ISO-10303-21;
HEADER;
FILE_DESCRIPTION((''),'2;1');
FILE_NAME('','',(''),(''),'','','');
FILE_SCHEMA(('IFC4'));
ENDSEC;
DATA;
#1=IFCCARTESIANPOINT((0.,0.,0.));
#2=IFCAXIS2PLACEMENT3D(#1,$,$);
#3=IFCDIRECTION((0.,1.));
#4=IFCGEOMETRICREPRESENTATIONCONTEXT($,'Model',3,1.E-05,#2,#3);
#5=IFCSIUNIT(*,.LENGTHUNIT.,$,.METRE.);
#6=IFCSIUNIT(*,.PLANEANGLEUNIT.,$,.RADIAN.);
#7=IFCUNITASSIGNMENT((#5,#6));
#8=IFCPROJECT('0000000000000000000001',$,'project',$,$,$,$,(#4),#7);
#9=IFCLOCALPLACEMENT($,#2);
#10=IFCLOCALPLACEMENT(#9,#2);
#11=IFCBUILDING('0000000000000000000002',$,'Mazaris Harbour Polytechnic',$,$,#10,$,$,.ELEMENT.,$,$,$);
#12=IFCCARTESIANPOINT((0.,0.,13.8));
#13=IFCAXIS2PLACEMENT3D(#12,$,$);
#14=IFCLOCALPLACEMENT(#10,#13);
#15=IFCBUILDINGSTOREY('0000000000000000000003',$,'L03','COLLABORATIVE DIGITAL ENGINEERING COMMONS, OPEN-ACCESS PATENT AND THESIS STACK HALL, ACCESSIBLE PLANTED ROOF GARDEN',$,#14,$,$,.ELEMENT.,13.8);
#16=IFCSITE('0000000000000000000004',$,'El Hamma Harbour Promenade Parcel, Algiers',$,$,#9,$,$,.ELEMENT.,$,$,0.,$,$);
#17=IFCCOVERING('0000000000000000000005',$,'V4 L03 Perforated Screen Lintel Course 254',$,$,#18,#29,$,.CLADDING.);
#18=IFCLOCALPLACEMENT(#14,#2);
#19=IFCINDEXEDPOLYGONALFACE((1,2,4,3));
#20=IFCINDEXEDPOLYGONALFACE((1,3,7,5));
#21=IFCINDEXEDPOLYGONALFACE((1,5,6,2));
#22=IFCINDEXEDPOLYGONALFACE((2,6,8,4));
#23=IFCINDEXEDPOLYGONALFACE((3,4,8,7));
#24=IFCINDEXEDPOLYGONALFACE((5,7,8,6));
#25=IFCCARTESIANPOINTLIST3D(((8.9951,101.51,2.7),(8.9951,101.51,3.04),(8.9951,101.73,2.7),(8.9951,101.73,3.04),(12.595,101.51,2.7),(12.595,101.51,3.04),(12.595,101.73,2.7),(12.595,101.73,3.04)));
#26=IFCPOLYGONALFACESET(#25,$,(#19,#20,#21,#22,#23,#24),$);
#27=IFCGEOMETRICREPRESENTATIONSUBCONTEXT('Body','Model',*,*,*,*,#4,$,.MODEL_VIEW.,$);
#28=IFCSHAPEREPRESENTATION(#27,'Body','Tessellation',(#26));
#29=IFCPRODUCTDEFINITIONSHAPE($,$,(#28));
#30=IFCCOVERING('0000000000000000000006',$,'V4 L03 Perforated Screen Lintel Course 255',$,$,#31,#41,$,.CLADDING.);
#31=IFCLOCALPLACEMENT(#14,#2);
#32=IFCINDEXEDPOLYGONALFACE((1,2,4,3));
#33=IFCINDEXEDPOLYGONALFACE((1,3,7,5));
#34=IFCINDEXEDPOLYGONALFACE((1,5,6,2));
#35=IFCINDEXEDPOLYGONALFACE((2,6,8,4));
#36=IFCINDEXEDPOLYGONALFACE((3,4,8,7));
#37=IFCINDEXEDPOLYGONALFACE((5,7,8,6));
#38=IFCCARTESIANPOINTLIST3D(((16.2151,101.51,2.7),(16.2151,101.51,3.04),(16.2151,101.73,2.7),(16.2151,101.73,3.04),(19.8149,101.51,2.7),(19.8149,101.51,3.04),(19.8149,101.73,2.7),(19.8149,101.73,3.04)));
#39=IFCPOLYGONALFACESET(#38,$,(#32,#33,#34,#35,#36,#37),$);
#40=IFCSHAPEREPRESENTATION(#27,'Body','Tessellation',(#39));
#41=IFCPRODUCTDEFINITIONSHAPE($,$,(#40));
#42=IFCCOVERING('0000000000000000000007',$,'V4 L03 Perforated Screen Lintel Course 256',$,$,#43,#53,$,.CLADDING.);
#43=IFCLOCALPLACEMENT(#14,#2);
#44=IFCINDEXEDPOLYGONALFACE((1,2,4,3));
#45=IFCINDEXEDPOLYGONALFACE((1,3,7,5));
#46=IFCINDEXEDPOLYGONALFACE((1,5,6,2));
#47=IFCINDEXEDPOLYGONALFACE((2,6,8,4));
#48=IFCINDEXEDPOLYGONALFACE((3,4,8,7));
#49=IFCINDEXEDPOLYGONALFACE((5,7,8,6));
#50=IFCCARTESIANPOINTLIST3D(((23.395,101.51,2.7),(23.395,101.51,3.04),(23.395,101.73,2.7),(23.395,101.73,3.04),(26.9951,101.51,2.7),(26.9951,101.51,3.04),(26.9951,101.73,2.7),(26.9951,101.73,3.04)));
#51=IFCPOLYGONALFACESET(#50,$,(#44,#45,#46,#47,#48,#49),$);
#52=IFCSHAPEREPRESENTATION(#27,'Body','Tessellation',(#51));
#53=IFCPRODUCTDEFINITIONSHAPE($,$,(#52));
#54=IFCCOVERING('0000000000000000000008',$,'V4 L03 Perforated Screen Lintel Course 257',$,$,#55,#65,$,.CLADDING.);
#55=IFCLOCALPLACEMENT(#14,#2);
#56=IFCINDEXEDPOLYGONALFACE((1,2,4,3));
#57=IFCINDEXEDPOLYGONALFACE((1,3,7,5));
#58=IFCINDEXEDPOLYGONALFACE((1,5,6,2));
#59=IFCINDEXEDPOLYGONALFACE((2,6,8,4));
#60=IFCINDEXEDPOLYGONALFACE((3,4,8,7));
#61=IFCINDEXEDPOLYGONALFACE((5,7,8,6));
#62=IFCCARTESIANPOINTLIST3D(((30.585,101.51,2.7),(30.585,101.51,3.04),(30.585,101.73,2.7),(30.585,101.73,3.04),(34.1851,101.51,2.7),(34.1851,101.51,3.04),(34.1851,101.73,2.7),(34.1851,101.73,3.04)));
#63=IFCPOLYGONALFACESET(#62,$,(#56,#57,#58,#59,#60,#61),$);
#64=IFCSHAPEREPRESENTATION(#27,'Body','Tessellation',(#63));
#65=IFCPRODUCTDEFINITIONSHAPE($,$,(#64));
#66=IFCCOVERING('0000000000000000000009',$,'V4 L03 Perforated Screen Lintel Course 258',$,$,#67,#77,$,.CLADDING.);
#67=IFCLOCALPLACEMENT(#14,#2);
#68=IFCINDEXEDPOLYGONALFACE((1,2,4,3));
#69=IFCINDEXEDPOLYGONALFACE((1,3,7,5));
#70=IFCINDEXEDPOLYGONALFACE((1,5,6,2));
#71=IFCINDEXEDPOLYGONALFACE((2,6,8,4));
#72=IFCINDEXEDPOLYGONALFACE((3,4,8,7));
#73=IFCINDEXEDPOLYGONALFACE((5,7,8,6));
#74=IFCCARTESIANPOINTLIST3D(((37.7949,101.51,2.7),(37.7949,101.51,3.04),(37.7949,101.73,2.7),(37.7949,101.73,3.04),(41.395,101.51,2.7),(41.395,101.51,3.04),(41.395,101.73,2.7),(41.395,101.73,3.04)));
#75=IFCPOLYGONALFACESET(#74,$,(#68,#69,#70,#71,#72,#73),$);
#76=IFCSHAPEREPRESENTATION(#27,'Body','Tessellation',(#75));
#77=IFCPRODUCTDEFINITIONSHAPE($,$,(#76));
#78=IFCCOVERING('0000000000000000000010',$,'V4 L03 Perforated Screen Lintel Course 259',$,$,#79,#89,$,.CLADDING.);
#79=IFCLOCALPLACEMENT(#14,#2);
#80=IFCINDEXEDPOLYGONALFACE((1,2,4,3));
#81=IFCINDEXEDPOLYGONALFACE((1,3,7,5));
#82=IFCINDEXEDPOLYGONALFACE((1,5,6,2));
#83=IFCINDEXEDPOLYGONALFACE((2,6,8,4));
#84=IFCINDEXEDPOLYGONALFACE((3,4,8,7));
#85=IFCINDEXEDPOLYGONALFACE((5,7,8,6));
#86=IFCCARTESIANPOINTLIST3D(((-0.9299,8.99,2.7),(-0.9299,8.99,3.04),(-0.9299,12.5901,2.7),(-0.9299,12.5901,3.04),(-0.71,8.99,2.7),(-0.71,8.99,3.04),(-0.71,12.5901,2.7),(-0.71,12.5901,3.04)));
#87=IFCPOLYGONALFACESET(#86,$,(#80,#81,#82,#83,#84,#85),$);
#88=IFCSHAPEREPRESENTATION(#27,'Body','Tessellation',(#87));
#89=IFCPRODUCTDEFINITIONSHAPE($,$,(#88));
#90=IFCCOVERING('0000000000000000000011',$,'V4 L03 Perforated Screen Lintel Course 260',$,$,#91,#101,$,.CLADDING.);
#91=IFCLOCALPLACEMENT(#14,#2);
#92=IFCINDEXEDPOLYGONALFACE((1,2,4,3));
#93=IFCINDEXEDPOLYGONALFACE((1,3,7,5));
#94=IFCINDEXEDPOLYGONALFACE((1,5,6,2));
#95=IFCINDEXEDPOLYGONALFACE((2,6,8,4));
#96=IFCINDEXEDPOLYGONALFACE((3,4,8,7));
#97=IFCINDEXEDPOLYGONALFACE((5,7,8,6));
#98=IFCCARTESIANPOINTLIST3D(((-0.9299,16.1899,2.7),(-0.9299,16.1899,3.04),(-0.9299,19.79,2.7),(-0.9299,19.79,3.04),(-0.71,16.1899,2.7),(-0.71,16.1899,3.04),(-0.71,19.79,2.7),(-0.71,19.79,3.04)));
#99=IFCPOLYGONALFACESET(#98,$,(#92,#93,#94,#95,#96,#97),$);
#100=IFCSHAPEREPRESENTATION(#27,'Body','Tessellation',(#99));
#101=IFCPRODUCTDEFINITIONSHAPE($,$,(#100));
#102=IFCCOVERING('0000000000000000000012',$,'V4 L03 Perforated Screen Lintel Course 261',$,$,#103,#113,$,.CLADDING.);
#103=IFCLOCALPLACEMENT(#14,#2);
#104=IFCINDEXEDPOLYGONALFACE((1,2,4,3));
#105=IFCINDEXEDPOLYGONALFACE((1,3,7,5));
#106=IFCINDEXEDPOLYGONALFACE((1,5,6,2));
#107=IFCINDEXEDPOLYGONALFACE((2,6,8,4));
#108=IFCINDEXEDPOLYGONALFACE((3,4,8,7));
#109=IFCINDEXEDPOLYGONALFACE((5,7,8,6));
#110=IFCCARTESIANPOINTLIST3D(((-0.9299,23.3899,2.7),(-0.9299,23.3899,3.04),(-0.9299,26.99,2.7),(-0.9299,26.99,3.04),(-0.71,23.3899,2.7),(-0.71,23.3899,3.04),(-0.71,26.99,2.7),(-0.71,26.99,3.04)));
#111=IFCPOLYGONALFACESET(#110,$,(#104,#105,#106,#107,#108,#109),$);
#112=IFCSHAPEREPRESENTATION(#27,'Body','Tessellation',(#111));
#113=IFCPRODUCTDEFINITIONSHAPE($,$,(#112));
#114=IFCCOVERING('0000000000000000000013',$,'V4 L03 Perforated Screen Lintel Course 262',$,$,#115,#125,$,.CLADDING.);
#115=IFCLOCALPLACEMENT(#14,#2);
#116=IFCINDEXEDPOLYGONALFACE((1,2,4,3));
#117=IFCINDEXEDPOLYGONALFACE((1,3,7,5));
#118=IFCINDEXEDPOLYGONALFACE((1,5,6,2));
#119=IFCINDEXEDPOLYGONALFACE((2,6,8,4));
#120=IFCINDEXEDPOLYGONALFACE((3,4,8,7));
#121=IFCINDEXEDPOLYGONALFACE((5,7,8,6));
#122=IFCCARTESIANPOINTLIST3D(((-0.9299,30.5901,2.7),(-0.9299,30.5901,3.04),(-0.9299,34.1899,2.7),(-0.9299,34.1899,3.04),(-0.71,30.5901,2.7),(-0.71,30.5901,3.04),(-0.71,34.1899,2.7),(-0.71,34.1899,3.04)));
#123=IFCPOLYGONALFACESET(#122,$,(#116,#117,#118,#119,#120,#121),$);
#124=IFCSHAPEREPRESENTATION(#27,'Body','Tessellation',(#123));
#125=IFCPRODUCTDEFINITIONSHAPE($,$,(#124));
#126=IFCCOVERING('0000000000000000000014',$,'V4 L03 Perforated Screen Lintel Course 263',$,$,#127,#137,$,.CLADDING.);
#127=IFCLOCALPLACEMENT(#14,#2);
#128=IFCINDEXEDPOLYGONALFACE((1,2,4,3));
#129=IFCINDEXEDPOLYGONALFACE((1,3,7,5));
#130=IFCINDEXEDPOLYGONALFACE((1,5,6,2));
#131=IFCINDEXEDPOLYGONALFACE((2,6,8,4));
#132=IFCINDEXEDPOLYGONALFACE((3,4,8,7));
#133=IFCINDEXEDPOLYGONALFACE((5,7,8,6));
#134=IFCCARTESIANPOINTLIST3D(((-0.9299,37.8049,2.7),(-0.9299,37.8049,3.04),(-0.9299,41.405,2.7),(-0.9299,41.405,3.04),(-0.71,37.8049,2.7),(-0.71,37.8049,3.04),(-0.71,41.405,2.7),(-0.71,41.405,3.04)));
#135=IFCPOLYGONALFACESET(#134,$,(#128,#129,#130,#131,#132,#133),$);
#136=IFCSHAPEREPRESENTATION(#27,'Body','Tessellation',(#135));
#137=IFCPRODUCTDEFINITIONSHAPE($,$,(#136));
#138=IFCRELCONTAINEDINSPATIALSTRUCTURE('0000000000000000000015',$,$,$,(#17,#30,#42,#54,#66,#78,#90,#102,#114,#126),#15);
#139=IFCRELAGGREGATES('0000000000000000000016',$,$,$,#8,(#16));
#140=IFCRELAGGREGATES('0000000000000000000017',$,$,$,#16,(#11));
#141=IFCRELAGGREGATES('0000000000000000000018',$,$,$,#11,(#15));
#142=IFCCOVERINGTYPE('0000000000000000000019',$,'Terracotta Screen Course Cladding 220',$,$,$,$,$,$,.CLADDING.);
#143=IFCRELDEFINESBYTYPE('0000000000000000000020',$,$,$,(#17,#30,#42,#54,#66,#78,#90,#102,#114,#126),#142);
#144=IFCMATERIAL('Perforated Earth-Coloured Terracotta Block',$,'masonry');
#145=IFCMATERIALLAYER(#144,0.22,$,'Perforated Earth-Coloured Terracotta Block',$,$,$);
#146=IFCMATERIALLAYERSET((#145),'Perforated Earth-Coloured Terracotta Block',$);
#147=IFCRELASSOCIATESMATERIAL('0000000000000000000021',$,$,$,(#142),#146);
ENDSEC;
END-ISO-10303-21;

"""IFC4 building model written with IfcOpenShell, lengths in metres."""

from ifc_helpers import new_model, si_unit, direction, frame, origin, place, context, subcontext, project, spatial, polyline, outline, extrude, material, layer, layer_set, type_object, element, save


model = new_model("IFC4")

# Units and contexts
model_context = context("Model", 3, precision=1e-05, world=origin(), true_north=direction((0.0, 1.0)))
body_context = subcontext(model_context, "Body", "Model", "MODEL_VIEW")
ifc_project = project(units=[si_unit("LENGTHUNIT", "METRE"), si_unit("PLANEANGLEUNIT", "RADIAN")], contexts=[model_context])

# Site, building, storey
site_placement = place(None, origin())
site = spatial("IfcSite", under=ifc_project, at=site_placement, Name="El Hamma Harbour Promenade Parcel, Algiers", CompositionType="ELEMENT", RefElevation=0.0)
building_placement = place(site_placement, origin())
building = spatial("IfcBuilding", under=site, at=building_placement, Name="Mazaris Harbour Polytechnic", CompositionType="ELEMENT")
storey_placement = place(building_placement, frame((0.0, 0.0, 13.8)))
storey = spatial("IfcBuildingStorey", under=building, at=storey_placement, Name="L03", Description="COLLABORATIVE DIGITAL ENGINEERING COMMONS, OPEN-ACCESS PATENT AND THESIS STACK HALL, ACCESSIBLE PLANTED ROOF GARDEN", CompositionType="ELEMENT", Elevation=13.8)

# Coverings
ifc_material = material(Name="Perforated Earth-Coloured Terracotta Block", Category="masonry")
ifc_layer = layer(ifc_material, 0.22, Name="Perforated Earth-Coloured Terracotta Block")
ifc_layer_set = layer_set([ifc_layer], Name="Perforated Earth-Coloured Terracotta Block")
covering_type = type_object("IfcCoveringType", Name="Terracotta Screen Course Cladding 220", PredefinedType="CLADDING", material=ifc_layer_set)
covering_1_placement = place(storey_placement, frame((0.0, 0.0, 2.7)))
element("IfcCovering", 1, at=covering_1_placement, inside=storey, type_object=covering_type, Name="V4 L03 Perforated Screen Lintel Course 254", PredefinedType="CLADDING", context=body_context, shape_type="SweptSolid", body=[
    extrude(outline(polyline([(8.9951, 101.51), (12.595, 101.51), (12.595, 101.73), (8.9951, 101.73), (8.9951, 101.51)])), origin(), (0.0, 0.0, 1.0), 0.3401),
])
covering_2_placement = place(storey_placement, frame((0.0, 0.0, 2.7)))
element("IfcCovering", 2, at=covering_2_placement, inside=storey, type_object=covering_type, Name="V4 L03 Perforated Screen Lintel Course 255", PredefinedType="CLADDING", context=body_context, shape_type="SweptSolid", body=[
    extrude(outline(polyline([(16.2151, 101.51), (19.8149, 101.51), (19.8149, 101.73), (16.2151, 101.73), (16.2151, 101.51)])), origin(), (0.0, 0.0, 1.0), 0.3401),
])
covering_3_placement = place(storey_placement, frame((0.0, 0.0, 2.7)))
element("IfcCovering", 3, at=covering_3_placement, inside=storey, type_object=covering_type, Name="V4 L03 Perforated Screen Lintel Course 256", PredefinedType="CLADDING", context=body_context, shape_type="SweptSolid", body=[
    extrude(outline(polyline([(23.395, 101.51), (26.9951, 101.51), (26.9951, 101.73), (23.395, 101.73), (23.395, 101.51)])), origin(), (0.0, 0.0, 1.0), 0.3401),
])
covering_4_placement = place(storey_placement, frame((0.0, 0.0, 2.7)))
element("IfcCovering", 4, at=covering_4_placement, inside=storey, type_object=covering_type, Name="V4 L03 Perforated Screen Lintel Course 257", PredefinedType="CLADDING", context=body_context, shape_type="SweptSolid", body=[
    extrude(outline(polyline([(30.585, 101.51), (34.1851, 101.51), (34.1851, 101.73), (30.585, 101.73), (30.585, 101.51)])), origin(), (0.0, 0.0, 1.0), 0.3401),
])
covering_5_placement = place(storey_placement, frame((0.0, 0.0, 2.7)))
element("IfcCovering", 5, at=covering_5_placement, inside=storey, type_object=covering_type, Name="V4 L03 Perforated Screen Lintel Course 258", PredefinedType="CLADDING", context=body_context, shape_type="SweptSolid", body=[
    extrude(outline(polyline([(37.7949, 101.51), (41.395, 101.51), (41.395, 101.73), (37.7949, 101.73), (37.7949, 101.51)])), origin(), (0.0, 0.0, 1.0), 0.3401),
])
covering_6_placement = place(storey_placement, frame((0.0, 0.0, 2.7)))
element("IfcCovering", 6, at=covering_6_placement, inside=storey, type_object=covering_type, Name="V4 L03 Perforated Screen Lintel Course 259", PredefinedType="CLADDING", context=body_context, shape_type="SweptSolid", body=[
    extrude(outline(polyline([(-0.71, 8.99), (-0.71, 12.5901), (-0.9299, 12.5901), (-0.9299, 8.99), (-0.71, 8.99)])), origin(), (0.0, 0.0, 1.0), 0.3401),
])
covering_7_placement = place(storey_placement, frame((0.0, 0.0, 2.7)))
element("IfcCovering", 7, at=covering_7_placement, inside=storey, type_object=covering_type, Name="V4 L03 Perforated Screen Lintel Course 260", PredefinedType="CLADDING", context=body_context, shape_type="SweptSolid", body=[
    extrude(outline(polyline([(-0.71, 16.1899), (-0.71, 19.79), (-0.9299, 19.79), (-0.9299, 16.1899), (-0.71, 16.1899)])), origin(), (0.0, 0.0, 1.0), 0.3401),
])
covering_8_placement = place(storey_placement, frame((0.0, 0.0, 2.7)))
element("IfcCovering", 8, at=covering_8_placement, inside=storey, type_object=covering_type, Name="V4 L03 Perforated Screen Lintel Course 261", PredefinedType="CLADDING", context=body_context, shape_type="SweptSolid", body=[
    extrude(outline(polyline([(-0.71, 23.3899), (-0.71, 26.99), (-0.9299, 26.99), (-0.9299, 23.3899), (-0.71, 23.3899)])), origin(), (0.0, 0.0, 1.0), 0.3401),
])
covering_9_placement = place(storey_placement, frame((0.0, 0.0, 2.7)))
element("IfcCovering", 9, at=covering_9_placement, inside=storey, type_object=covering_type, Name="V4 L03 Perforated Screen Lintel Course 262", PredefinedType="CLADDING", context=body_context, shape_type="SweptSolid", body=[
    extrude(outline(polyline([(-0.71, 30.5901), (-0.71, 34.1899), (-0.9299, 34.1899), (-0.9299, 30.5901), (-0.71, 30.5901)])), origin(), (0.0, 0.0, 1.0), 0.3401),
])
covering_10_placement = place(storey_placement, frame((0.0, 0.0, 2.7)))
element("IfcCovering", 10, at=covering_10_placement, inside=storey, type_object=covering_type, Name="V4 L03 Perforated Screen Lintel Course 263", PredefinedType="CLADDING", context=body_context, shape_type="SweptSolid", body=[
    extrude(outline(polyline([(-0.71, 37.8049), (-0.71, 41.405), (-0.9299, 41.405), (-0.9299, 37.8049), (-0.71, 37.8049)])), origin(), (0.0, 0.0, 1.0), 0.3401),
])

save(model, "model.ifc")
